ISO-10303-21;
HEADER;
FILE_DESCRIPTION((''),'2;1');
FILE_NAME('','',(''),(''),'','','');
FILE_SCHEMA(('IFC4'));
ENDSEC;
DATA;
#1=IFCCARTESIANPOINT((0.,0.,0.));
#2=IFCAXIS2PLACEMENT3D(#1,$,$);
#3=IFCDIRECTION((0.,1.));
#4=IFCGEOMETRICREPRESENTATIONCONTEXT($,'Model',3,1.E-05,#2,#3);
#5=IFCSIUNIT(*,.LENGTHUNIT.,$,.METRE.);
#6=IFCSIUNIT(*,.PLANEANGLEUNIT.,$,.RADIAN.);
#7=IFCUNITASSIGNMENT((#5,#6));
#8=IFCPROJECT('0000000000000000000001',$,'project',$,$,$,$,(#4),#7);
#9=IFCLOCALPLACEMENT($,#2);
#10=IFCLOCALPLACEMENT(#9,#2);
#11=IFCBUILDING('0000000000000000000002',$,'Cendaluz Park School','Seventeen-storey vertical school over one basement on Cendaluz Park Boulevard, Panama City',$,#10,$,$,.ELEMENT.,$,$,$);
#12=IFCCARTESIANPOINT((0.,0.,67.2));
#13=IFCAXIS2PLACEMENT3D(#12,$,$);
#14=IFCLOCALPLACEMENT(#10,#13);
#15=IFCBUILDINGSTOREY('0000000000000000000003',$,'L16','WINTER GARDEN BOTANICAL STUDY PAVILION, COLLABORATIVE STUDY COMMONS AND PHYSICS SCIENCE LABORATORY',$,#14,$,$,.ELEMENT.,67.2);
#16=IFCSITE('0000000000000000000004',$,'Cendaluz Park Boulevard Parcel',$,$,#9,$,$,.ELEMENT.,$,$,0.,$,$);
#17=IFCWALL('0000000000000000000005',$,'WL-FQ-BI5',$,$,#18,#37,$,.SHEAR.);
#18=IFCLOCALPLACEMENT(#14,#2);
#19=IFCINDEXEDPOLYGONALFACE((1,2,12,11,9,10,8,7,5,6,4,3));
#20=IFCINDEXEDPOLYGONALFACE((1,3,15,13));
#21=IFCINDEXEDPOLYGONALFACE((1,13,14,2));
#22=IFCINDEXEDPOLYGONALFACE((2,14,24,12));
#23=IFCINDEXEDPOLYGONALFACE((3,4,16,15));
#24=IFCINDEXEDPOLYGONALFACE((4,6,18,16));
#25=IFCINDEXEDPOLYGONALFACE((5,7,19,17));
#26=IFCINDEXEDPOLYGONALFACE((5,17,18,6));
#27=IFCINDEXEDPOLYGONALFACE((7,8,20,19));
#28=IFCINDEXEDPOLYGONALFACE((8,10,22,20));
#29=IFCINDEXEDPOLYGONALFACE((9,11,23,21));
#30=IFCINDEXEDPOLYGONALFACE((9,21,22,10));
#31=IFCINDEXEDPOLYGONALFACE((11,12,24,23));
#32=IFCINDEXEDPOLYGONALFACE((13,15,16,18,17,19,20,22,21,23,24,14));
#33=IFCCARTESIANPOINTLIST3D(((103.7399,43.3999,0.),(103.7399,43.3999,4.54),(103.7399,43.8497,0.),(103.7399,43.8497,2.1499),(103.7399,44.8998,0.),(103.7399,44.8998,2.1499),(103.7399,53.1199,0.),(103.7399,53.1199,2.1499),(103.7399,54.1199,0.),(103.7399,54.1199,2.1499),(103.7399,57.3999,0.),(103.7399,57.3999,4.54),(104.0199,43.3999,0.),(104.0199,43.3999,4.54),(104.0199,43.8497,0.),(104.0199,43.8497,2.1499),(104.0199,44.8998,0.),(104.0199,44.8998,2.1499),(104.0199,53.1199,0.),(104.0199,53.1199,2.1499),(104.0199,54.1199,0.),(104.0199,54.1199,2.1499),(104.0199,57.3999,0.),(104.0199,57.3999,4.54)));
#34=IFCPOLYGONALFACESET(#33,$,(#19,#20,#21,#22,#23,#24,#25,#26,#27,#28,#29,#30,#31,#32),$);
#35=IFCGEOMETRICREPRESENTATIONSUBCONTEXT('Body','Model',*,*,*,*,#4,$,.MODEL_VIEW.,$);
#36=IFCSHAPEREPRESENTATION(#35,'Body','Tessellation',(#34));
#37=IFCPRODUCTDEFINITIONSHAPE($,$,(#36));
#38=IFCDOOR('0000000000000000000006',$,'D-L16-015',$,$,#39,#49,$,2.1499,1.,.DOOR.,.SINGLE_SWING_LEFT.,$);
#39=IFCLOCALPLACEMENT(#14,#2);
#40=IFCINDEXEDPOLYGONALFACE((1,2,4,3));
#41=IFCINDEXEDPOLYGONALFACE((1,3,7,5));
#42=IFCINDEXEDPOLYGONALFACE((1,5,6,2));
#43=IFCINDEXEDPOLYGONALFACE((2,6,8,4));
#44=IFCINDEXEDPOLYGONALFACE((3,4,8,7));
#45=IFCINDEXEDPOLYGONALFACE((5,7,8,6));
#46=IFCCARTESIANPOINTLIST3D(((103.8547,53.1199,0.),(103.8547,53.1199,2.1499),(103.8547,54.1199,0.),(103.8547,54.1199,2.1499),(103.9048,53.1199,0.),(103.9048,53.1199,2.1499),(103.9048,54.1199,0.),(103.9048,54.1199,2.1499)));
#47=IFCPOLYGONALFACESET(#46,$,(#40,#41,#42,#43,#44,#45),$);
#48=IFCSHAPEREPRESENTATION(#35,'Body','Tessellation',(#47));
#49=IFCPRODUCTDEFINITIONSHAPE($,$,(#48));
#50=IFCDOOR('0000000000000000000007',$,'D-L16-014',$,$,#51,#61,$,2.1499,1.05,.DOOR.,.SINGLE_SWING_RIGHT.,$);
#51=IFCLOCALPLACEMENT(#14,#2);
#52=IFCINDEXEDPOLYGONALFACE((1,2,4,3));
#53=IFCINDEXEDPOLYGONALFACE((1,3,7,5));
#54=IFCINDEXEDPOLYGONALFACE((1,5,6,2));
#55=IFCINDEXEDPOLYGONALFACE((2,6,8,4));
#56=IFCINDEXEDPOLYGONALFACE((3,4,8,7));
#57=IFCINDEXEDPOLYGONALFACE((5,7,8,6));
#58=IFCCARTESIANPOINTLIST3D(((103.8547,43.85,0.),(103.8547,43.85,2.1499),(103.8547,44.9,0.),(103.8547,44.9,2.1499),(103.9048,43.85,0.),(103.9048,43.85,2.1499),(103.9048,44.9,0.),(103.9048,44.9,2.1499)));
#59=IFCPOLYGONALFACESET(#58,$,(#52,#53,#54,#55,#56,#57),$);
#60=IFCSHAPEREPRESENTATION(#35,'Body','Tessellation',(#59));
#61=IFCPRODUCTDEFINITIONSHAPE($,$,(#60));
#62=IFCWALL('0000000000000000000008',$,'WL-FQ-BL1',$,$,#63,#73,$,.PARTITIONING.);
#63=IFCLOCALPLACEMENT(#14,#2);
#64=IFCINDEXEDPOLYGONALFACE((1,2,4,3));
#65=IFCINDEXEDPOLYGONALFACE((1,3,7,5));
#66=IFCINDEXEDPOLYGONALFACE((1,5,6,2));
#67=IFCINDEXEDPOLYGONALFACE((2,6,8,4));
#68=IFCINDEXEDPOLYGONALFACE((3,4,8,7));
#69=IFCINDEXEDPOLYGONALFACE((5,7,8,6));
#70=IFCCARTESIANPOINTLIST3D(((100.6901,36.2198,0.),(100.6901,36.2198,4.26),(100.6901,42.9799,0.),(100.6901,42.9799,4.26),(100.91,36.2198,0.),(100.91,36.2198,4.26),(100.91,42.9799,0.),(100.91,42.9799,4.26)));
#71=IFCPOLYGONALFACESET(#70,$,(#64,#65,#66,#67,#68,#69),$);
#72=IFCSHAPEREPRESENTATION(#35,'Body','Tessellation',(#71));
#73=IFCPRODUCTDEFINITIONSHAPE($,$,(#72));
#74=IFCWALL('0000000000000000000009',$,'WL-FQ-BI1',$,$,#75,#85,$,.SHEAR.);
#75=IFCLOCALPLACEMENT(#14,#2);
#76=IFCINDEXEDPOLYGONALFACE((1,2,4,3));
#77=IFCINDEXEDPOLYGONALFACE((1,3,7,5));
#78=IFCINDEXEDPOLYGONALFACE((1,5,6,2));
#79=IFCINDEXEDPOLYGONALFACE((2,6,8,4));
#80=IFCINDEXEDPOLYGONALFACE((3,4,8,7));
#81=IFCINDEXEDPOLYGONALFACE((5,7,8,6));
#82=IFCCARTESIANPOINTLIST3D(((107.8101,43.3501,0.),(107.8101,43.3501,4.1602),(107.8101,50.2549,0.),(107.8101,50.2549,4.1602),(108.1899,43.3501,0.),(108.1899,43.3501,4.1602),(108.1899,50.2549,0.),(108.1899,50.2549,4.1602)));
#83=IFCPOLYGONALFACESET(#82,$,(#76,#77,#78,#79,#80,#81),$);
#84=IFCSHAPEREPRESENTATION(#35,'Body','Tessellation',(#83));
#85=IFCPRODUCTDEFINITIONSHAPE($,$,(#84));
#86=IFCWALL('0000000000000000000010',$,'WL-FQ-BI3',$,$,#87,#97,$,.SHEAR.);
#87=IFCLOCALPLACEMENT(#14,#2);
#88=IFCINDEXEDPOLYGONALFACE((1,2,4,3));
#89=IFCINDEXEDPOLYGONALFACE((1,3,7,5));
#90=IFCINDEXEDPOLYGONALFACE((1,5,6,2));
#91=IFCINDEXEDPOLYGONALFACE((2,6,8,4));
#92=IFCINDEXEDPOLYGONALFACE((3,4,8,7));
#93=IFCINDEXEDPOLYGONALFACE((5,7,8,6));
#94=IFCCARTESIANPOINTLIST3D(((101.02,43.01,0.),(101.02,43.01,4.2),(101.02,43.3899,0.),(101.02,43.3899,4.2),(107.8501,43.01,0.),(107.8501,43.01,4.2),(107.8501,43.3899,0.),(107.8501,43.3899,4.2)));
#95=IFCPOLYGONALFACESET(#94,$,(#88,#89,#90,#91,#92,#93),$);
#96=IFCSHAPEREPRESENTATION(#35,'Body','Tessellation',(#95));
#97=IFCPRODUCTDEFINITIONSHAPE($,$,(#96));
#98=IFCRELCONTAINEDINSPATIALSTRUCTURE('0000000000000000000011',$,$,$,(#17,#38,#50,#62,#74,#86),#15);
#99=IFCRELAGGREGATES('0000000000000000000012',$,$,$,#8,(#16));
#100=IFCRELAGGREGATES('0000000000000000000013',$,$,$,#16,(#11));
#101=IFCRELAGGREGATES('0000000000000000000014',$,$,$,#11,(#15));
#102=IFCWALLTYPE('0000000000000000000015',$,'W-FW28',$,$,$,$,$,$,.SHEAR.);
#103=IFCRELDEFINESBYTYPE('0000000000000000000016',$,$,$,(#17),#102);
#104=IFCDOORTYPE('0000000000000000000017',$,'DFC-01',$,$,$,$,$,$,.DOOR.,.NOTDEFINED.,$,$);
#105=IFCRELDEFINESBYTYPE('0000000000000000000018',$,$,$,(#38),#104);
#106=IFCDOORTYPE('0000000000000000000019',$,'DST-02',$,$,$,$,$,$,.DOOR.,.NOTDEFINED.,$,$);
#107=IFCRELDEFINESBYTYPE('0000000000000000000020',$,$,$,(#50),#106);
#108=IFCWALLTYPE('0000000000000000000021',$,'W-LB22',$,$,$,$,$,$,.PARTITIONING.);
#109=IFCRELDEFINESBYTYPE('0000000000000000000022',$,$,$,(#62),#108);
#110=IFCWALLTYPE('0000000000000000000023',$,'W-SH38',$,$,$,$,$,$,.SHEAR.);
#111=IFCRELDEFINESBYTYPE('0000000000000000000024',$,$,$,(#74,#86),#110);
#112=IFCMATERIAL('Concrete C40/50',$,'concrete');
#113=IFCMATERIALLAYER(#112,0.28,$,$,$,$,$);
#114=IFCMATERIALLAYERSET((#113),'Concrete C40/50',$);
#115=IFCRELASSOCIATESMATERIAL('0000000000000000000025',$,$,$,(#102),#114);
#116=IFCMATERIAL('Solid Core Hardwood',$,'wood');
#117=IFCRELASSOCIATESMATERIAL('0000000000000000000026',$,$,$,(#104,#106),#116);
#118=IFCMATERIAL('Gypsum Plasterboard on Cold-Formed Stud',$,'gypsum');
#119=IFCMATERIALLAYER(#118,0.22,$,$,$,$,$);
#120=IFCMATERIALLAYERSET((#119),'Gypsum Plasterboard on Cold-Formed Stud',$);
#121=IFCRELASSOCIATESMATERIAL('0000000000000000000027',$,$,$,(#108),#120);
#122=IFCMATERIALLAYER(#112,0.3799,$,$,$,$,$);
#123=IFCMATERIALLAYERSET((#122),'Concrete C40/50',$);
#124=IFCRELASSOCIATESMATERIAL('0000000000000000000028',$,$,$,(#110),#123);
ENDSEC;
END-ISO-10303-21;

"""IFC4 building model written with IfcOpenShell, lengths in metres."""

from ifc_helpers import new_model, si_unit, direction, frame, frame_2d, origin, place, context, subcontext, project, spatial, rectangle, extrude, material, layer, layer_set, type_object, element, fill, save


model = new_model("IFC4")

# Units and contexts
model_context = context("Model", 3, precision=1e-05, world=origin(), true_north=direction((0.0, 1.0)))
body_context = subcontext(model_context, "Body", "Model", "MODEL_VIEW")
ifc_project = project(units=[si_unit("LENGTHUNIT", "METRE"), si_unit("PLANEANGLEUNIT", "RADIAN")], contexts=[model_context])

# Site, building, storey
site_placement = place(None, origin())
site = spatial("IfcSite", under=ifc_project, at=site_placement, Name="Cendaluz Park Boulevard Parcel", CompositionType="ELEMENT", RefElevation=0.0)
building_placement = place(site_placement, origin())
building = spatial("IfcBuilding", under=site, at=building_placement, Name="Cendaluz Park School", Description="Seventeen-storey vertical school over one basement on Cendaluz Park Boulevard, Panama City", CompositionType="ELEMENT")
storey_placement = place(building_placement, frame((0.0, 0.0, 67.2)))
storey = spatial("IfcBuildingStorey", under=building, at=storey_placement, Name="L16", Description="WINTER GARDEN BOTANICAL STUDY PAVILION, COLLABORATIVE STUDY COMMONS AND PHYSICS SCIENCE LABORATORY", CompositionType="ELEMENT", Elevation=67.2)

# Wall, openings, doors
ifc_material_1 = material(Name="Concrete C40/50", Category="concrete")
ifc_layer_1 = layer(ifc_material_1, 0.28)
ifc_layer_set_1 = layer_set([ifc_layer_1], Name="Concrete C40/50")
wall_type_1 = type_object("IfcWallType", Name="W-FW28", PredefinedType="SHEAR", material=ifc_layer_set_1)
wall_1_placement = place(storey_placement, frame((103.8799, 43.3999, 0.0), z_axis=(0.0, 0.0, 1.0), x_axis=(0.0, 1.0, 0.0)))
wall_1 = element("IfcWall", 1, at=wall_1_placement, inside=storey, type_object=wall_type_1, Name="WL-FQ-BI5", PredefinedType="SHEAR", context=body_context, shape_type="SweptSolid", body=[
    extrude(rectangle(XDim=14.0, YDim=0.28, at=frame_2d((7.0, 0.0))), origin(), (0.0, 0.0, 1.0), 4.54),
])
opening_1_placement = place(wall_1_placement, frame((0.45, 0.0, 0.0)))
opening_1 = element("IfcOpeningElement", 2, at=opening_1_placement, cuts=wall_1, PredefinedType="OPENING", context=body_context, shape_type="SweptSolid", body=[
    extrude(rectangle(XDim=1.05, YDim=2.1499, at=frame_2d((0.5249, 1.075))), frame((0.0, 0.1521, 0.0), z_axis=(0.0, -1.0, 0.0), x_axis=(1.0, 0.0, 0.0)), (0.0, 0.0, 1.0), 0.304),
])
opening_2_placement = place(wall_1_placement, frame((9.72, 0.0, 0.0)))
opening_2 = element("IfcOpeningElement", 3, at=opening_2_placement, cuts=wall_1, PredefinedType="OPENING", context=body_context, shape_type="SweptSolid", body=[
    extrude(rectangle(XDim=1.0, YDim=2.1499, at=frame_2d((0.5, 1.075))), frame((0.0, 0.1521, 0.0), z_axis=(0.0, -1.0, 0.0), x_axis=(1.0, 0.0, 0.0)), (0.0, 0.0, 1.0), 0.304),
])
ifc_material_2 = material(Name="Solid Core Hardwood", Category="wood")
door_type_1 = type_object("IfcDoorType", Name="DFC-01", OperationType="NOTDEFINED", PredefinedType="DOOR", material=ifc_material_2)
door_1_placement = place(opening_2_placement, frame((1.0, 0.0, 0.0), z_axis=(0.0, 0.0, 1.0), x_axis=(-1.0, 0.0, 0.0)))
door_1 = element("IfcDoor", 4, at=door_1_placement, inside=storey, type_object=door_type_1, Name="D-L16-015", OperationType="SINGLE_SWING_LEFT", OverallHeight=2.1499, OverallWidth=1.0, PredefinedType="DOOR", context=body_context, shape_type="SweptSolid", body=[
    extrude(rectangle(XDim=1.0, YDim=2.1499, at=frame_2d((0.5, 1.075))), frame((0.0, 0.0249, 0.0), z_axis=(0.0, -1.0, 0.0), x_axis=(1.0, 0.0, 0.0)), (0.0, 0.0, 1.0), 0.05),
])
fill(opening_2, door_1)
door_type_2 = type_object("IfcDoorType", Name="DST-02", OperationType="NOTDEFINED", PredefinedType="DOOR", material=ifc_material_2)
door_2_placement = place(opening_1_placement, frame((1.05, 0.0, 0.0), z_axis=(0.0, 0.0, 1.0), x_axis=(-1.0, 0.0, 0.0)))
door_2 = element("IfcDoor", 5, at=door_2_placement, inside=storey, type_object=door_type_2, Name="D-L16-014", OperationType="SINGLE_SWING_RIGHT", OverallHeight=2.1499, OverallWidth=1.05, PredefinedType="DOOR", context=body_context, shape_type="SweptSolid", body=[
    extrude(rectangle(XDim=1.05, YDim=2.1499, at=frame_2d((0.5249, 1.075))), frame((0.0, 0.0249, 0.0), z_axis=(0.0, -1.0, 0.0), x_axis=(1.0, 0.0, 0.0)), (0.0, 0.0, 1.0), 0.05),
])
fill(opening_1, door_2)

# Walls
ifc_material_3 = material(Name="Gypsum Plasterboard on Cold-Formed Stud", Category="gypsum")
ifc_layer_2 = layer(ifc_material_3, 0.22)
ifc_layer_set_2 = layer_set([ifc_layer_2], Name="Gypsum Plasterboard on Cold-Formed Stud")
wall_type_2 = type_object("IfcWallType", Name="W-LB22", PredefinedType="PARTITIONING", material=ifc_layer_set_2)
wall_2_placement = place(storey_placement, frame((100.8, 36.22, 0.0), z_axis=(0.0, 0.0, 1.0), x_axis=(0.0, 1.0, 0.0)))
element("IfcWall", 6, at=wall_2_placement, inside=storey, type_object=wall_type_2, Name="WL-FQ-BL1", PredefinedType="PARTITIONING", context=body_context, shape_type="SweptSolid", body=[
    extrude(rectangle(XDim=6.76, YDim=0.22, at=frame_2d((3.3799, 0.0))), origin(), (0.0, 0.0, 1.0), 4.26),
])
ifc_layer_3 = layer(ifc_material_1, 0.3799)
ifc_layer_set_3 = layer_set([ifc_layer_3], Name="Concrete C40/50")
wall_type_3 = type_object("IfcWallType", Name="W-SH38", PredefinedType="SHEAR", material=ifc_layer_set_3)
wall_3_placement = place(storey_placement, frame((108.0, 43.3501, 0.0), z_axis=(0.0, 0.0, 1.0), x_axis=(0.0, 1.0, 0.0)))
element("IfcWall", 7, at=wall_3_placement, inside=storey, type_object=wall_type_3, Name="WL-FQ-BI1", PredefinedType="SHEAR", context=body_context, shape_type="SweptSolid", body=[
    extrude(rectangle(XDim=6.9048, YDim=0.3799, at=frame_2d((3.4524, 0.0))), origin(), (0.0, 0.0, 1.0), 4.1602),
])
wall_4_placement = place(storey_placement, frame((101.02, 43.2, 0.0), z_axis=(0.0, 0.0, 1.0), x_axis=(1.0, 0.0, 0.0)))
element("IfcWall", 8, at=wall_4_placement, inside=storey, type_object=wall_type_3, Name="WL-FQ-BI3", PredefinedType="SHEAR", context=body_context, shape_type="SweptSolid", body=[
    extrude(rectangle(XDim=6.8301, YDim=0.3799, at=frame_2d((3.415, 0.0))), origin(), (0.0, 0.0, 1.0), 4.2),
])

save(model, "model.ifc")
